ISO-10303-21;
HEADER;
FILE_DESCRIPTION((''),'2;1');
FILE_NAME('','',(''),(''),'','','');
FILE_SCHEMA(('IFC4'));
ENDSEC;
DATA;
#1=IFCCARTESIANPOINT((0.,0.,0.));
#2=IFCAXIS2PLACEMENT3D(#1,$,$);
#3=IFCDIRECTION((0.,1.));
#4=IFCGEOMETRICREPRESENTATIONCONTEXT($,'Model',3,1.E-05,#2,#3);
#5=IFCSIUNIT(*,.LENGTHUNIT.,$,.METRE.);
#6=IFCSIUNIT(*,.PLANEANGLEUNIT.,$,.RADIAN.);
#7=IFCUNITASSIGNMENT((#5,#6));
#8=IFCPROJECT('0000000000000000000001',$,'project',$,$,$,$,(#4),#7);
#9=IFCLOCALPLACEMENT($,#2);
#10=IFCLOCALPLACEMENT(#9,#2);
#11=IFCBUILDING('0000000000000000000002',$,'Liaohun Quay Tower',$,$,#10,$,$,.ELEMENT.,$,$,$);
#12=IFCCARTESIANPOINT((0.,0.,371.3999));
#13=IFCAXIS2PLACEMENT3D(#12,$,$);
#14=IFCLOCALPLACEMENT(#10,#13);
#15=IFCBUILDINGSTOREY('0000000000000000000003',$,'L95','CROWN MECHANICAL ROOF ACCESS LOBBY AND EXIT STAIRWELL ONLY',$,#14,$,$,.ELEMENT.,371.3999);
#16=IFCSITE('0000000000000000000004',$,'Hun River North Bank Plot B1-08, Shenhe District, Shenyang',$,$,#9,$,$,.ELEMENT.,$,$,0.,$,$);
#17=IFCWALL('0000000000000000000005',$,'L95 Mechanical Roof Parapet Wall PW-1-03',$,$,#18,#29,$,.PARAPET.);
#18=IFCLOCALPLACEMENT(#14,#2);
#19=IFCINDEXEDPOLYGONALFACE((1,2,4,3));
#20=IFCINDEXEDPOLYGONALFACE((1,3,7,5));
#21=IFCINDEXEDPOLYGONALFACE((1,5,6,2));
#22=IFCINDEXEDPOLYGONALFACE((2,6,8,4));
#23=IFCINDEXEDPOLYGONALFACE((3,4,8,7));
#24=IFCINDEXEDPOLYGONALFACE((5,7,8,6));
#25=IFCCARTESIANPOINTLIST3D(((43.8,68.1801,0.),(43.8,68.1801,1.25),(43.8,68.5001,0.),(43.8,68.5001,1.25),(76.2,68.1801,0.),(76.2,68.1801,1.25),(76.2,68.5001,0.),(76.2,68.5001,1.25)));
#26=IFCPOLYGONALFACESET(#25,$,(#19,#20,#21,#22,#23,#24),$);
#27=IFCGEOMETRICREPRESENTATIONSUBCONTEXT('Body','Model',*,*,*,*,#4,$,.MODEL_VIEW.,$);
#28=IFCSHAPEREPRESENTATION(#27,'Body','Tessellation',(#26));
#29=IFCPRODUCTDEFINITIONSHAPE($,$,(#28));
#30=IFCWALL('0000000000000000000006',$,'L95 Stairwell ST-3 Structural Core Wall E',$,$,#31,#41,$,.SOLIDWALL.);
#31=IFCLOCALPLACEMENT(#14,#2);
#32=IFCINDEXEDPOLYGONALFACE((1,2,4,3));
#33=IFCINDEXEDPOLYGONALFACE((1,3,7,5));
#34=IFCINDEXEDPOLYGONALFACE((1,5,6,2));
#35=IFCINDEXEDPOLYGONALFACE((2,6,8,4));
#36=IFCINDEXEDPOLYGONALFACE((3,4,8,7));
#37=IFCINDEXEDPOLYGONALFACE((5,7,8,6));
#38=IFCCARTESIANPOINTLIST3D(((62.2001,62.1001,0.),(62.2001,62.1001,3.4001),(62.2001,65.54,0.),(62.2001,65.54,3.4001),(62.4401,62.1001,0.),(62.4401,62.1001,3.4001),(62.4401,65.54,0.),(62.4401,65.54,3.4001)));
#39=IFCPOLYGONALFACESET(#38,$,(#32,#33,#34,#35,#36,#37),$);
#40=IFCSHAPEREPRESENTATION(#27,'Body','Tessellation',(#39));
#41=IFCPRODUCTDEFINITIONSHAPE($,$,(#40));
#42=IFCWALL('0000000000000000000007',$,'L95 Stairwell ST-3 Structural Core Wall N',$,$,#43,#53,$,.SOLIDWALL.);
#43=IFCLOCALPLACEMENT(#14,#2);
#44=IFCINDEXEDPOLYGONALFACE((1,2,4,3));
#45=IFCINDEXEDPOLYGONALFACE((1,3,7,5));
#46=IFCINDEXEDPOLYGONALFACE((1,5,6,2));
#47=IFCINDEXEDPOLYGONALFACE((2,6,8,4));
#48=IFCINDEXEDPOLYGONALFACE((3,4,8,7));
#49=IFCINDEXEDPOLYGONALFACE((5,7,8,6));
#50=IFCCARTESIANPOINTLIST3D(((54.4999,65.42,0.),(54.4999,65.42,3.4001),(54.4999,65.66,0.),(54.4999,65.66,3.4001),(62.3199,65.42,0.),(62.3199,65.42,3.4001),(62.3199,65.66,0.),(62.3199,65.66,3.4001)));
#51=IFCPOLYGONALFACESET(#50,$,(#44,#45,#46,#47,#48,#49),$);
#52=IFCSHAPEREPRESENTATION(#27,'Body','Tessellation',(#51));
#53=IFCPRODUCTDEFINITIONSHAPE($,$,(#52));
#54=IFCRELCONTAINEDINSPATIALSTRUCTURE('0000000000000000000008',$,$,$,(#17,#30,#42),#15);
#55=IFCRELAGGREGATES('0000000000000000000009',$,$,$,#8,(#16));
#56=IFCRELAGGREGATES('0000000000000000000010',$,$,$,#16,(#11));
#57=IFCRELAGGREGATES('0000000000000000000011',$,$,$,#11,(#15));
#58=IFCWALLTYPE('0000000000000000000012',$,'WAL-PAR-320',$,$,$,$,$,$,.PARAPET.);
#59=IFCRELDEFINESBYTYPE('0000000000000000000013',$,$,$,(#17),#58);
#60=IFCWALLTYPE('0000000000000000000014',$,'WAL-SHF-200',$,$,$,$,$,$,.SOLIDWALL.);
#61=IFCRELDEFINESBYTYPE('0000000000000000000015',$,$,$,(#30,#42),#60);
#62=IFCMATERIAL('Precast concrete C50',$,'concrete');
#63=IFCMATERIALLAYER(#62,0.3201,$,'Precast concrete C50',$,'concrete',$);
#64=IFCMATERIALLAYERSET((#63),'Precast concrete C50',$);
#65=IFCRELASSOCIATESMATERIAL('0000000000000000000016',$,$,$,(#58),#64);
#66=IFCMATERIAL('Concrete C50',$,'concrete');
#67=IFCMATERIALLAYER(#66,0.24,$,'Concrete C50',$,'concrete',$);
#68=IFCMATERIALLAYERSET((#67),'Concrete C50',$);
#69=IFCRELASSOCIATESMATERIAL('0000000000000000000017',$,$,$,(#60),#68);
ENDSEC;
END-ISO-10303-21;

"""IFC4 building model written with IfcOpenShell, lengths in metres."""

from ifc_helpers import new_model, si_unit, direction, frame, frame_2d, origin, place, context, subcontext, project, spatial, rectangle, extrude, material, layer, layer_set, type_object, element, save


model = new_model("IFC4")

# Units and contexts
model_context = context("Model", 3, precision=1e-05, world=origin(), true_north=direction((0.0, 1.0)))
body_context = subcontext(model_context, "Body", "Model", "MODEL_VIEW")
ifc_project = project(units=[si_unit("LENGTHUNIT", "METRE"), si_unit("PLANEANGLEUNIT", "RADIAN")], contexts=[model_context])

# Site, building, storey
site_placement = place(None, origin())
site = spatial("IfcSite", under=ifc_project, at=site_placement, Name="Hun River North Bank Plot B1-08, Shenhe District, Shenyang", CompositionType="ELEMENT", RefElevation=0.0)
building_placement = place(site_placement, origin())
building = spatial("IfcBuilding", under=site, at=building_placement, Name="Liaohun Quay Tower", CompositionType="ELEMENT")
storey_placement = place(building_placement, frame((0.0, 0.0, 371.3999)))
storey = spatial("IfcBuildingStorey", under=building, at=storey_placement, Name="L95", Description="CROWN MECHANICAL ROOF ACCESS LOBBY AND EXIT STAIRWELL ONLY", CompositionType="ELEMENT", Elevation=371.3999)

# Shared definitions
ifc_material_1 = material(Name="Concrete C50", Category="concrete")

# Walls
ifc_material_2 = material(Name="Precast concrete C50", Category="concrete")
ifc_layer_1 = layer(ifc_material_2, 0.3201, Name="Precast concrete C50", Category="concrete")
ifc_layer_set_1 = layer_set([ifc_layer_1], Name="Precast concrete C50")
wall_type_1 = type_object("IfcWallType", Name="WAL-PAR-320", PredefinedType="PARAPET", material=ifc_layer_set_1)
wall_1_placement = place(storey_placement, frame((76.2, 68.3401, 0.0), z_axis=(0.0, 0.0, 1.0), x_axis=(-1.0, 0.0, 0.0)))
element("IfcWall", 1, at=wall_1_placement, inside=storey, type_object=wall_type_1, Name="L95 Mechanical Roof Parapet Wall PW-1-03", PredefinedType="PARAPET", context=body_context, shape_type="SweptSolid", body=[
    extrude(rectangle(XDim=32.3999, YDim=0.3201, at=frame_2d((16.2, 0.0))), origin(), (0.0, 0.0, 1.0), 1.25),
])
ifc_layer_2 = layer(ifc_material_1, 0.24, Name="Concrete C50", Category="concrete")
ifc_layer_set_2 = layer_set([ifc_layer_2], Name="Concrete C50")
wall_type_2 = type_object("IfcWallType", Name="WAL-SHF-200", PredefinedType="SOLIDWALL", material=ifc_layer_set_2)
wall_2_placement = place(storey_placement, frame((62.3201, 62.1001, 0.0), z_axis=(0.0, 0.0, 1.0), x_axis=(0.0, 1.0, 0.0)))
element("IfcWall", 2, at=wall_2_placement, inside=storey, type_object=wall_type_2, Name="L95 Stairwell ST-3 Structural Core Wall E", PredefinedType="SOLIDWALL", context=body_context, shape_type="SweptSolid", body=[
    extrude(rectangle(XDim=3.4399, YDim=0.24, at=frame_2d((1.72, 0.0))), origin(), (0.0, 0.0, 1.0), 3.4001),
])
wall_3_placement = place(storey_placement, frame((62.3201, 65.54, 0.0), z_axis=(0.0, 0.0, 1.0), x_axis=(-1.0, 0.0, 0.0)))
element("IfcWall", 3, at=wall_3_placement, inside=storey, type_object=wall_type_2, Name="L95 Stairwell ST-3 Structural Core Wall N", PredefinedType="SOLIDWALL", context=body_context, shape_type="SweptSolid", body=[
    extrude(rectangle(XDim=7.8201, YDim=0.24, at=frame_2d((3.9102, 0.0))), origin(), (0.0, 0.0, 1.0), 3.4001),
])

save(model, "model.ifc")
